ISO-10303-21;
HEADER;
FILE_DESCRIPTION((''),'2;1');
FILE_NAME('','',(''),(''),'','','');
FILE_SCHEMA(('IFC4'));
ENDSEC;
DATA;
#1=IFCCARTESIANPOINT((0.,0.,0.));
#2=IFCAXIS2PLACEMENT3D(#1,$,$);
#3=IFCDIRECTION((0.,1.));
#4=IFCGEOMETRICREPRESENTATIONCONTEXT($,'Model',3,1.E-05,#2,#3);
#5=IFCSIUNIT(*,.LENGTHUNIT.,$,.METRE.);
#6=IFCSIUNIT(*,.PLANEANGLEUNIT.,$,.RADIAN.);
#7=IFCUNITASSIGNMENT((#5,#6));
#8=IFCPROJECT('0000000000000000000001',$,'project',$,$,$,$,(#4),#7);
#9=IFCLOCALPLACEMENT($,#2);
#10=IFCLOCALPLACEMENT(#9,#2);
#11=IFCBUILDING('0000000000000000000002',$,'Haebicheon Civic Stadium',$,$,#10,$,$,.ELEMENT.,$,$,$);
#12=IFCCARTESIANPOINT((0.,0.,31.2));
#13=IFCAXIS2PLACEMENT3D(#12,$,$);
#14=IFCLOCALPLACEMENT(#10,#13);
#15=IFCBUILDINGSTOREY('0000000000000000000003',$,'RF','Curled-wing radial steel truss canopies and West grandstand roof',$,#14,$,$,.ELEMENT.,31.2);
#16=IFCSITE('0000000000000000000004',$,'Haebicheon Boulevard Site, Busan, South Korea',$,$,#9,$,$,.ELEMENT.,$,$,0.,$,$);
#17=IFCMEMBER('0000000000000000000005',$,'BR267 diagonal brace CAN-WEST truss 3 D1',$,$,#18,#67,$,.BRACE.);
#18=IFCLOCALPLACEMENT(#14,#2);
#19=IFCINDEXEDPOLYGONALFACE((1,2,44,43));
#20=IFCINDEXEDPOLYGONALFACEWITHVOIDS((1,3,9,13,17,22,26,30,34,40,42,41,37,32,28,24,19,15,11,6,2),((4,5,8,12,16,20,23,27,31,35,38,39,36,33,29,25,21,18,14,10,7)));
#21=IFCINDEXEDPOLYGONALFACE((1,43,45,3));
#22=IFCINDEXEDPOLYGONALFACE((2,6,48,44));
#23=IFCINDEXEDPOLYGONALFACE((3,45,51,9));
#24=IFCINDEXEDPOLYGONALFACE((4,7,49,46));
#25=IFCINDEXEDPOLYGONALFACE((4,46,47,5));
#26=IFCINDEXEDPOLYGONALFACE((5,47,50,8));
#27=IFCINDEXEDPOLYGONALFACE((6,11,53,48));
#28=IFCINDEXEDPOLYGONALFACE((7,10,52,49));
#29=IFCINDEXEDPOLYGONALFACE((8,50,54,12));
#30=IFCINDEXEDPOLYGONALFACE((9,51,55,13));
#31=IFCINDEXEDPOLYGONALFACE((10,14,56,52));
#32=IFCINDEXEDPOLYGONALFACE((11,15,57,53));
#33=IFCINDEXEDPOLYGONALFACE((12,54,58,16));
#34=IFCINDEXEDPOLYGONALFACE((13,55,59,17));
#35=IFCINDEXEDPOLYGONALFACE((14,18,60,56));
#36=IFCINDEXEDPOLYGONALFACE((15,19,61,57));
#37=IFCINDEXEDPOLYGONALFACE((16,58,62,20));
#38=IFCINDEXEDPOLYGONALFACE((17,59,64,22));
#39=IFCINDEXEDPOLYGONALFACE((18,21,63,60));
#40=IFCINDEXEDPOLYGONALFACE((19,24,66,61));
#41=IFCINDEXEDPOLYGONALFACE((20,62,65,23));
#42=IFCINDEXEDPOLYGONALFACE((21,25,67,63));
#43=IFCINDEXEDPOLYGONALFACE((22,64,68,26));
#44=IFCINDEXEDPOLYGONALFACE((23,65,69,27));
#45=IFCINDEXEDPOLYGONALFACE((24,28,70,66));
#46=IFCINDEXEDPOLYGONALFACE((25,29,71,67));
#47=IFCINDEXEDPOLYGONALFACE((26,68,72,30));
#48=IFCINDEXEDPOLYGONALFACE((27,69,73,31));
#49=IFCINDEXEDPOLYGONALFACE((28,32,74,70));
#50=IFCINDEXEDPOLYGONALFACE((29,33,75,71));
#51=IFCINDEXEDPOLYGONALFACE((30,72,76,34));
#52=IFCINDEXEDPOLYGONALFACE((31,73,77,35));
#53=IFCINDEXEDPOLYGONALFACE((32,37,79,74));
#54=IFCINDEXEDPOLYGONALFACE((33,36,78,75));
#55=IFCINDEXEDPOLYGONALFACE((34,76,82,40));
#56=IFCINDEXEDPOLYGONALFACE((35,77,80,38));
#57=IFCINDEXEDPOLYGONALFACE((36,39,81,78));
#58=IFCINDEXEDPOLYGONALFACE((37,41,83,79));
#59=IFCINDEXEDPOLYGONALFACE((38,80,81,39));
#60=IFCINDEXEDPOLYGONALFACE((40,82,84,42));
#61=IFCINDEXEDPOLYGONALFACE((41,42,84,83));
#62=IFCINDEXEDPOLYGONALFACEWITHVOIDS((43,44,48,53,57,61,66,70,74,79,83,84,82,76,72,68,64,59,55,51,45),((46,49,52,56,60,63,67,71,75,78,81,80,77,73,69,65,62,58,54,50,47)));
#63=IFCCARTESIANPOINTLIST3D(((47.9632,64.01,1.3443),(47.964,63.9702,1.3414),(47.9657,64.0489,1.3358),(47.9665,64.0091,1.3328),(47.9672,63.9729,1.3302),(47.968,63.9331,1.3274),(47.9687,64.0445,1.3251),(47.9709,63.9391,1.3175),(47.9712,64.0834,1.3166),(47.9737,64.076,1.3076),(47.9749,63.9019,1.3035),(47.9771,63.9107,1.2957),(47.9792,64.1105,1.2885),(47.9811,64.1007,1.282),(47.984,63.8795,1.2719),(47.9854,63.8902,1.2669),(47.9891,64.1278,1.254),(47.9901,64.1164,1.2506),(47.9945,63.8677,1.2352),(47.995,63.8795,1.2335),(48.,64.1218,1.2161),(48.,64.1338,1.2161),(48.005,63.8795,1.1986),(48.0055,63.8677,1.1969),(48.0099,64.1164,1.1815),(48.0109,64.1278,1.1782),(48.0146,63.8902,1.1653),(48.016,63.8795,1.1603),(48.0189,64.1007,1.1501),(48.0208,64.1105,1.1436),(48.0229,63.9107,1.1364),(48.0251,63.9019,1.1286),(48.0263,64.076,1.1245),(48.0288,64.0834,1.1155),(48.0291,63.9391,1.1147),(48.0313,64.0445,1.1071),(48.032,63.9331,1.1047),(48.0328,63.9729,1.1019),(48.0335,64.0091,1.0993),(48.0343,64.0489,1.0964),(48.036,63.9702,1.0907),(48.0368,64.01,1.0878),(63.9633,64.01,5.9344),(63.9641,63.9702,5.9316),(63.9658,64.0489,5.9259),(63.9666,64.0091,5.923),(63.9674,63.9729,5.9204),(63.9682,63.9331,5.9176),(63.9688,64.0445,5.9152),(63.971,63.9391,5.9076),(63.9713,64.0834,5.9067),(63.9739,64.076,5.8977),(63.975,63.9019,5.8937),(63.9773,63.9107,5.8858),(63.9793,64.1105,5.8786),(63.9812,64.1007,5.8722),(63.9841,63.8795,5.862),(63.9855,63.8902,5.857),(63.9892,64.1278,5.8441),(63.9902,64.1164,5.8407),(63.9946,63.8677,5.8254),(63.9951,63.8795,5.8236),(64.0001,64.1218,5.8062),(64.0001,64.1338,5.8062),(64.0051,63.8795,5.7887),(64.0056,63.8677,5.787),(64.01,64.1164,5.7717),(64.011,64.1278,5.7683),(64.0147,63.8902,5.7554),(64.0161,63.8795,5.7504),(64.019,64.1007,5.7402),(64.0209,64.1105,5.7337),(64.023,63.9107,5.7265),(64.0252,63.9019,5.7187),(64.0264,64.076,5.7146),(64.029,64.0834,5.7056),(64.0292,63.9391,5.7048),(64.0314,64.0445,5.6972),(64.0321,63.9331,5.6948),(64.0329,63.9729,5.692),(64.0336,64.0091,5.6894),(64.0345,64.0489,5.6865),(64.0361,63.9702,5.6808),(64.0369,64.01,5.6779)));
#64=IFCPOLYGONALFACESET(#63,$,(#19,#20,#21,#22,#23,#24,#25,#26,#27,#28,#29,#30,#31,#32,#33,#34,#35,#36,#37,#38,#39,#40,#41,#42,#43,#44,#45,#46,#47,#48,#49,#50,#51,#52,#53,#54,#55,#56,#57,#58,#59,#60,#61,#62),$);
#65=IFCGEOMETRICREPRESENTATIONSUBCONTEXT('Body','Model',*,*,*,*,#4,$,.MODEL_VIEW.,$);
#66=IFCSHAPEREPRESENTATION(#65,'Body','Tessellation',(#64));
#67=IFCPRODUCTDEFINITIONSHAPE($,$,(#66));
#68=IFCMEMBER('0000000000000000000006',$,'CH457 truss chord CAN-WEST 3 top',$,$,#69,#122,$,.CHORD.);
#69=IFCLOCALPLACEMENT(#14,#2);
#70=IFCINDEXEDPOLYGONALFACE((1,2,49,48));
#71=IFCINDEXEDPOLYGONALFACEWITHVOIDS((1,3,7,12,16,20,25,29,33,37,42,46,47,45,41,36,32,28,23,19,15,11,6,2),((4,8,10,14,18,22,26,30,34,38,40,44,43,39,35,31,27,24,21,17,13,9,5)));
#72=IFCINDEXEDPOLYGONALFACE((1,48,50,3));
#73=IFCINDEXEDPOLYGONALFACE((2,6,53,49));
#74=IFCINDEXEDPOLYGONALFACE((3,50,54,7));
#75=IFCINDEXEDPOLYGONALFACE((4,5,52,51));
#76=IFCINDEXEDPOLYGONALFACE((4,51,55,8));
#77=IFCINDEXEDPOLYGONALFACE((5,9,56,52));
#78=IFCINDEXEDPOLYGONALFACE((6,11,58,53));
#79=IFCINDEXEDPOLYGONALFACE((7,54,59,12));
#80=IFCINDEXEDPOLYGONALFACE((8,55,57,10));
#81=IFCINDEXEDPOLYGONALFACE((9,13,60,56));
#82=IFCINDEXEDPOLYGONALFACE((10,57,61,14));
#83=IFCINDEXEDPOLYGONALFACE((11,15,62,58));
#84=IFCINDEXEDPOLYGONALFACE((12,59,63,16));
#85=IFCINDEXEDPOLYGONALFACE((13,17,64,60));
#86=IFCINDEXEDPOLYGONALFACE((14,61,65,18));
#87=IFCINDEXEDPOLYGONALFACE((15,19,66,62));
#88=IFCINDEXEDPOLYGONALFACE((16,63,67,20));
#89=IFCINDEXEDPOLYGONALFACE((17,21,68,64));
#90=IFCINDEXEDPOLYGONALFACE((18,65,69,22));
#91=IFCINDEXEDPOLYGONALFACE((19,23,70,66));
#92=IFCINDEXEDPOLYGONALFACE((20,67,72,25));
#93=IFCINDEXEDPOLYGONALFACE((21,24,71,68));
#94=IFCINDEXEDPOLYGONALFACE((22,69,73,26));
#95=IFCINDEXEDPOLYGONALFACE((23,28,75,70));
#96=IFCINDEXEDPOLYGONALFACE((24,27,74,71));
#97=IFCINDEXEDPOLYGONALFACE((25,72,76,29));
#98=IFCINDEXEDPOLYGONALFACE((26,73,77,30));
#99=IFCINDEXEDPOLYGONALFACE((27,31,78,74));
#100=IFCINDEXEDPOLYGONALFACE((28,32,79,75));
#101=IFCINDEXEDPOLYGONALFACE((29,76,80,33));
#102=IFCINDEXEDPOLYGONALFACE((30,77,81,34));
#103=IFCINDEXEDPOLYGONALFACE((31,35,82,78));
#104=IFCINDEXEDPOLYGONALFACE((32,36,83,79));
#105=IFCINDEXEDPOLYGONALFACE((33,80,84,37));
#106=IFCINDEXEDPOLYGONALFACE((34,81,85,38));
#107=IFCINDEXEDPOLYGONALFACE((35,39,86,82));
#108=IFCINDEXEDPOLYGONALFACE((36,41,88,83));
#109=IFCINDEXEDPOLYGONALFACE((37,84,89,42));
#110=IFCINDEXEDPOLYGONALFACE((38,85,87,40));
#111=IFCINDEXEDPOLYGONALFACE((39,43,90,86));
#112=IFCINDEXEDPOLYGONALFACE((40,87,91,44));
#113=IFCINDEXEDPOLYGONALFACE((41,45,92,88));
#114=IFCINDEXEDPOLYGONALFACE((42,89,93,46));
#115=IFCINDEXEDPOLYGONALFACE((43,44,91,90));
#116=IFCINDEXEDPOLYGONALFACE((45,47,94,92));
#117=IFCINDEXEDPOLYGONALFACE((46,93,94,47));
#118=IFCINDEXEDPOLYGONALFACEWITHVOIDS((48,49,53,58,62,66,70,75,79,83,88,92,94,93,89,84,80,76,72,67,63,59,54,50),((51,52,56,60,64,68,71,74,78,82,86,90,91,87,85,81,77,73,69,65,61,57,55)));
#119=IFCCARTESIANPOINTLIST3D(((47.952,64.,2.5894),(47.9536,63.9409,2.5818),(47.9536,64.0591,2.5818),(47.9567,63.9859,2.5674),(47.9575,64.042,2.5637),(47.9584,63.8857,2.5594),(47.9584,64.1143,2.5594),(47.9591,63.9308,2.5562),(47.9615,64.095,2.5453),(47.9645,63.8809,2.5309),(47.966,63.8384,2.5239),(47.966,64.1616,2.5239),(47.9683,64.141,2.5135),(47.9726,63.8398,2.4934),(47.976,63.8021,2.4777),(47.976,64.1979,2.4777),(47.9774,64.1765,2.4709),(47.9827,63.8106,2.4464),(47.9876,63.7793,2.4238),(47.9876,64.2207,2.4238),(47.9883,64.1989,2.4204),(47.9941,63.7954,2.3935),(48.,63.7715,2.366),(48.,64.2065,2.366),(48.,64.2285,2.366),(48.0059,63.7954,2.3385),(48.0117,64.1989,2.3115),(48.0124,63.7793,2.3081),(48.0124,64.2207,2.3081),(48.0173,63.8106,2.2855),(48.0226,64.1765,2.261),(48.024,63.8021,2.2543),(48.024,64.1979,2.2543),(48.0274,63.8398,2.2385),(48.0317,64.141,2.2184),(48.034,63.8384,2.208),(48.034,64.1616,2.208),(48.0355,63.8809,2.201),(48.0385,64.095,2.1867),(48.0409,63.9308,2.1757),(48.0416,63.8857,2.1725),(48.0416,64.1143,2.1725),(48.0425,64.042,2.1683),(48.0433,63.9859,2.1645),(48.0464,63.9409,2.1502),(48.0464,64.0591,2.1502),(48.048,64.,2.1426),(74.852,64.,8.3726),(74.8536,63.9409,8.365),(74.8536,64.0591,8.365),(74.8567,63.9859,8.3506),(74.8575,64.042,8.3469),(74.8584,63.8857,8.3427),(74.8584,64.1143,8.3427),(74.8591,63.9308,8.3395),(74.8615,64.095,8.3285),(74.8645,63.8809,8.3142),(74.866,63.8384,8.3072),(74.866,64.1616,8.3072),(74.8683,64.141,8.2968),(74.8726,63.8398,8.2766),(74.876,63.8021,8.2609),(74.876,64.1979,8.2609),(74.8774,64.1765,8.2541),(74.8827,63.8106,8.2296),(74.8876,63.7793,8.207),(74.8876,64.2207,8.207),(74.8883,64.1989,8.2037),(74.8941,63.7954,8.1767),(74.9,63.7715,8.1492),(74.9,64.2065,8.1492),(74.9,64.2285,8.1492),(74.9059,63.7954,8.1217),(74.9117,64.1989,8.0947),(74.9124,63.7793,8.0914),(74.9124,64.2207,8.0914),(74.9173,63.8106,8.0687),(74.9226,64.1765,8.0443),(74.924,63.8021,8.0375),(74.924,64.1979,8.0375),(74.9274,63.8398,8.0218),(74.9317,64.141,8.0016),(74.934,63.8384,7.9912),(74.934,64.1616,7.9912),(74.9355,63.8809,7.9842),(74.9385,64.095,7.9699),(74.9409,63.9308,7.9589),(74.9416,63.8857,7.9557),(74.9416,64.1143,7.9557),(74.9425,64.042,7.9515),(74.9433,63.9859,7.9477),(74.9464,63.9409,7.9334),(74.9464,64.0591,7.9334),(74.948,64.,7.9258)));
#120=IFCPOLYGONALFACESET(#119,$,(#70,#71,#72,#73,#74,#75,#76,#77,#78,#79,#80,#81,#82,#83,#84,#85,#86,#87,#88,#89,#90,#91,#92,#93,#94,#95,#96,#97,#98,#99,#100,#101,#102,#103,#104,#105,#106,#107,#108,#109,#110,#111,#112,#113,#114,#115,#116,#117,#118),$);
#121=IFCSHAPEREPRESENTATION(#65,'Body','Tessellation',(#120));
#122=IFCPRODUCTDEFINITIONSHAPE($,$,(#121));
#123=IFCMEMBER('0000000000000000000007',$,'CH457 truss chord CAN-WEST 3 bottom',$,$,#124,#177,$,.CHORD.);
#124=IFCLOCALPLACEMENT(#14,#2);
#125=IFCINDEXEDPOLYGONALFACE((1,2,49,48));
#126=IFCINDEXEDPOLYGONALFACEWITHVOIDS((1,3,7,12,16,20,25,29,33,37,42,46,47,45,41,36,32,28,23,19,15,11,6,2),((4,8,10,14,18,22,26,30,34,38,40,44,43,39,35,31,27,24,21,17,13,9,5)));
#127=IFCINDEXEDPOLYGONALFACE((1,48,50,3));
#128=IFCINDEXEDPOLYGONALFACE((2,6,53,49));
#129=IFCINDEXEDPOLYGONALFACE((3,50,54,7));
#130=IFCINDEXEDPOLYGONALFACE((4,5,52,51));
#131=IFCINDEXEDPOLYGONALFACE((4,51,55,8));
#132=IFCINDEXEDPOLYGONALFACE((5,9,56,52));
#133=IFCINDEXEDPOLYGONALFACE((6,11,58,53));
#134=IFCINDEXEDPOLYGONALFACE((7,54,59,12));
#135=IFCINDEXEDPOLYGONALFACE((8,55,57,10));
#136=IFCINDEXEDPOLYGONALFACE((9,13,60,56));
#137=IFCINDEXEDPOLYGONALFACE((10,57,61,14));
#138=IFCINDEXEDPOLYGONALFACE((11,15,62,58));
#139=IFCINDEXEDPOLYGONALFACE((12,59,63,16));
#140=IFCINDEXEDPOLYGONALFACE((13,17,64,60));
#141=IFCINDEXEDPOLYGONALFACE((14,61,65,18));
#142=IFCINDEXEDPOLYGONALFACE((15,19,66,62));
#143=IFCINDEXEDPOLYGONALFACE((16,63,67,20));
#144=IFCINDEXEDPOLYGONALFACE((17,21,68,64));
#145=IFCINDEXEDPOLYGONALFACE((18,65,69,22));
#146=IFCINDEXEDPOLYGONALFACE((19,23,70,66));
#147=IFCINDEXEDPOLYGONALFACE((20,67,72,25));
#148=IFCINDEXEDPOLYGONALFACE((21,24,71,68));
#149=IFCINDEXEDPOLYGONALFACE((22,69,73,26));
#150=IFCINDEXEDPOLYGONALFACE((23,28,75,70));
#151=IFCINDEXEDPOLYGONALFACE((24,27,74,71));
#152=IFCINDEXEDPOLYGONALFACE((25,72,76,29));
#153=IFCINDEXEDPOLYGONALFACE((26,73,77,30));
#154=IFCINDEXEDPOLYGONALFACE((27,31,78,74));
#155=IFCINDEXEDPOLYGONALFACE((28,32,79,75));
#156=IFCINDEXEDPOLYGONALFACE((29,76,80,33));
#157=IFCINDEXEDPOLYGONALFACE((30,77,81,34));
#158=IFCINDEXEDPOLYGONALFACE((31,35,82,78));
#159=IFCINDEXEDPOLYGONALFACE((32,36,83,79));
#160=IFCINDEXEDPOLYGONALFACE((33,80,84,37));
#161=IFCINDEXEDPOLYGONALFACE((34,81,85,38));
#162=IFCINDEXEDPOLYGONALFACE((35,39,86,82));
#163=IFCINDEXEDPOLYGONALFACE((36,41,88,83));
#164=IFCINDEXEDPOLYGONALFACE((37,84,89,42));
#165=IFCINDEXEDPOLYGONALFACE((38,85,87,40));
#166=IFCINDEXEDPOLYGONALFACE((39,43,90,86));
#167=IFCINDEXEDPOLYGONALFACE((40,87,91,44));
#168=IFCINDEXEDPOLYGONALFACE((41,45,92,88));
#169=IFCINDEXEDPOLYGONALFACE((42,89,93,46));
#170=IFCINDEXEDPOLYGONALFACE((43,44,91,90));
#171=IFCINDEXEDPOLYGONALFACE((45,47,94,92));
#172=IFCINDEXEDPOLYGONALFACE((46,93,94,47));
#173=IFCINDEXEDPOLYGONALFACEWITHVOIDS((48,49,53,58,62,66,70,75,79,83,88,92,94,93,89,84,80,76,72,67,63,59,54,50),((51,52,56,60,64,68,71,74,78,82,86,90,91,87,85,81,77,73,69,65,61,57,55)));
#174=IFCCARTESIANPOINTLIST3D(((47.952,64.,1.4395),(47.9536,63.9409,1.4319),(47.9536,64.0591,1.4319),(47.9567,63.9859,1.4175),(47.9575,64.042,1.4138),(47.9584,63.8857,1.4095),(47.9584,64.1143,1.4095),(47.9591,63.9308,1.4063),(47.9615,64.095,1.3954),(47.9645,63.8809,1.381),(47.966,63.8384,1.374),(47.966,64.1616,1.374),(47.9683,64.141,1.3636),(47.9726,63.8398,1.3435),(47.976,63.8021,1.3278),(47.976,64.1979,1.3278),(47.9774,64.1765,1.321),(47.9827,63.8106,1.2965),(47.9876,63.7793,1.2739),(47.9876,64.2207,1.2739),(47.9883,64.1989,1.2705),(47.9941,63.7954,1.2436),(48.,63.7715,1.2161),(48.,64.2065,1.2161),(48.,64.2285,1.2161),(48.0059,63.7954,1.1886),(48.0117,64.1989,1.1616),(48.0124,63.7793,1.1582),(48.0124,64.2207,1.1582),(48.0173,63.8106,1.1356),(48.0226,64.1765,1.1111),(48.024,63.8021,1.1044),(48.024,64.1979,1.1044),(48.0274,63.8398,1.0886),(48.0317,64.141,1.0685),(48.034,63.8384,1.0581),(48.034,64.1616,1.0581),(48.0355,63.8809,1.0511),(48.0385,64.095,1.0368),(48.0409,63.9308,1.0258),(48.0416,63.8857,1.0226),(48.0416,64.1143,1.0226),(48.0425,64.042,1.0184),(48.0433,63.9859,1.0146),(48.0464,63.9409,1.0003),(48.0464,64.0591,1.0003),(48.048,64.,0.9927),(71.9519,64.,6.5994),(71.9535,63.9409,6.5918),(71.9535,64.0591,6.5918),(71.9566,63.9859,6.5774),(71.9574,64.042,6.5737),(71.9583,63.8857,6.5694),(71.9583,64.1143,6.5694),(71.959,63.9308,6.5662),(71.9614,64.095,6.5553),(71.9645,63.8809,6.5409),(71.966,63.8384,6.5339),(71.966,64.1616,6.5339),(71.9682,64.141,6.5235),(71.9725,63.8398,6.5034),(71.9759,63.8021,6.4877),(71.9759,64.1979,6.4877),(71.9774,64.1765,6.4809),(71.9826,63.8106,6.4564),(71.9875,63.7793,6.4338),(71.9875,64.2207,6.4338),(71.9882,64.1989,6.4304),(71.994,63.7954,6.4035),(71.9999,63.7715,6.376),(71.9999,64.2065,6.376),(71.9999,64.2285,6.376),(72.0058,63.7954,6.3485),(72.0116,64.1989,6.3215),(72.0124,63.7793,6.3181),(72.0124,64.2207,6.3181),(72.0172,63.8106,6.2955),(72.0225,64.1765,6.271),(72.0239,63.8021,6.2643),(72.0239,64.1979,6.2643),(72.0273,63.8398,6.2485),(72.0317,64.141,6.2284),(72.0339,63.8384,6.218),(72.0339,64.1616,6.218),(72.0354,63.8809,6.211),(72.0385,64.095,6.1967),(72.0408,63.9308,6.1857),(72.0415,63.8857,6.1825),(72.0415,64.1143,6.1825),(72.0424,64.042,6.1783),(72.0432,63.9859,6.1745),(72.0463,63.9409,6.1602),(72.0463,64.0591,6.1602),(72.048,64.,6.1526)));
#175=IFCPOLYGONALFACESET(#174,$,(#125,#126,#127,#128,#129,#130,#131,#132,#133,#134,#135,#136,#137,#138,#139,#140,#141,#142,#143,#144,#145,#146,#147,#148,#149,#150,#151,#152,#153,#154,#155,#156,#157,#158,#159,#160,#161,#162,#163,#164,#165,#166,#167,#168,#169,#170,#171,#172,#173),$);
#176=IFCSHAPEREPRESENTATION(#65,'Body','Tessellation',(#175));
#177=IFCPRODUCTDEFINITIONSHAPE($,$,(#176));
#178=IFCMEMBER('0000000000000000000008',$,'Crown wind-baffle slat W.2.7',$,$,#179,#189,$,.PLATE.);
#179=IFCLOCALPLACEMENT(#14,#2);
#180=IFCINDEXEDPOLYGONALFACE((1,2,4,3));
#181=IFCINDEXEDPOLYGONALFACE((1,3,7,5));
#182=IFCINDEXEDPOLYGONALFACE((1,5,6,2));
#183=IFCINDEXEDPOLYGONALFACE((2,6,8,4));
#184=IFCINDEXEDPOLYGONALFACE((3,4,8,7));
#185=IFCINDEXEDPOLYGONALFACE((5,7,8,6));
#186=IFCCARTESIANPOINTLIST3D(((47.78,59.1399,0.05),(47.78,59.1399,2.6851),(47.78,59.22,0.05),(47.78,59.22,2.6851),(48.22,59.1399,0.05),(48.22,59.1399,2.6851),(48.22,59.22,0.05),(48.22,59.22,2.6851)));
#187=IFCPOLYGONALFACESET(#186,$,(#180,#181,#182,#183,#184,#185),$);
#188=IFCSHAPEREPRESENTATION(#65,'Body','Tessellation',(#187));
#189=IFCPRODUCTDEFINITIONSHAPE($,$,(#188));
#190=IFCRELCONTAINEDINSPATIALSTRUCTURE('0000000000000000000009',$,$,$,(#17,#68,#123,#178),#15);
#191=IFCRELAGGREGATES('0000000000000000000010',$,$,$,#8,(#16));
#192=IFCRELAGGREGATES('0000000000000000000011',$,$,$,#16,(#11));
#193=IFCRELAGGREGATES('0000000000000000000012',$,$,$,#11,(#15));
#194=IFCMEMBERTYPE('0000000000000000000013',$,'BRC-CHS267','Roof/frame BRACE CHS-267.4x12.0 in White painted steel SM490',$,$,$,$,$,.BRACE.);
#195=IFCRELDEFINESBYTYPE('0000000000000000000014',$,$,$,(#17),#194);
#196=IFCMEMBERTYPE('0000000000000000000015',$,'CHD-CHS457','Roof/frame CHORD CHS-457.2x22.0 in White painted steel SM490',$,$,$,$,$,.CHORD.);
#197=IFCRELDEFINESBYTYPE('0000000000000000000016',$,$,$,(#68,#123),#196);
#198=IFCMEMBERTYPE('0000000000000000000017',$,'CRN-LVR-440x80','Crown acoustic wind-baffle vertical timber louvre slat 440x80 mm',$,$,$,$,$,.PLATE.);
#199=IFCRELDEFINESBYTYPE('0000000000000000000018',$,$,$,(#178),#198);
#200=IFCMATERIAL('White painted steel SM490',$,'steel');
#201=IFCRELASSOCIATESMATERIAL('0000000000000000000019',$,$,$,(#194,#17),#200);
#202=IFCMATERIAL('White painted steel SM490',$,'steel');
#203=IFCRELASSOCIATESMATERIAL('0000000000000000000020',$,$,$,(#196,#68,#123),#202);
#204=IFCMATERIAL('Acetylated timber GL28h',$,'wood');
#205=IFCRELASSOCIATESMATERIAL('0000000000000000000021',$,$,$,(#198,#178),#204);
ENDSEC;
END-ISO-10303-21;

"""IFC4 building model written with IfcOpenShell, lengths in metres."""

from ifc_helpers import new_model, si_unit, direction, frame, origin, origin_2d, place, context, subcontext, project, spatial, rectangle, hollow_circle, extrude, material, material_profile, profile_set, type_object, element, save


model = new_model("IFC4")

# Units and contexts
model_context = context("Model", 3, precision=1e-05, world=origin(), true_north=direction((0.0, 1.0)))
body_context = subcontext(model_context, "Body", "Model", "MODEL_VIEW")
ifc_project = project(units=[si_unit("LENGTHUNIT", "METRE"), si_unit("PLANEANGLEUNIT", "RADIAN")], contexts=[model_context])

# Site, building, storey
site_placement = place(None, origin())
site = spatial("IfcSite", under=ifc_project, at=site_placement, Name="Haebicheon Boulevard Site, Busan, South Korea", CompositionType="ELEMENT", RefElevation=0.0)
building_placement = place(site_placement, origin())
building = spatial("IfcBuilding", under=site, at=building_placement, Name="Haebicheon Civic Stadium", CompositionType="ELEMENT")
storey_placement = place(building_placement, frame((0.0, 0.0, 31.2)))
storey = spatial("IfcBuildingStorey", under=building, at=storey_placement, Name="RF", Description="Curled-wing radial steel truss canopies and West grandstand roof", CompositionType="ELEMENT", Elevation=31.2)

# Members
ifc_material_1 = material(Name="White painted steel SM490", Category="steel")
ifc_material_profile_1 = material_profile(ifc_material_1, hollow_circle(Radius=0.1338, WallThickness=0.012, at=origin_2d()), Name="CHS-267.4x12.0")
ifc_profile_set_1 = profile_set([ifc_material_profile_1], Name="White painted steel SM490")
member_type_1 = type_object("IfcMemberType", Name="BRC-CHS267", Description="Roof/frame BRACE CHS-267.4x12.0 in White painted steel SM490", PredefinedType="BRACE", material=ifc_profile_set_1)
member_1_placement = place(storey_placement, frame((48.0, 64.0, 1.2161), z_axis=(0.961227, 0.0, 0.275757), x_axis=(0.0, 1.0, 0.0)))
element("IfcMember", 1, at=member_1_placement, inside=storey, type_object=member_type_1, material=ifc_profile_set_1, Name="BR267 diagonal brace CAN-WEST truss 3 D1", PredefinedType="BRACE", context=body_context, shape_type="SweptSolid", body=[
    extrude(hollow_circle(Radius=0.1338, WallThickness=0.012, at=origin_2d()), origin(), (0.0, 0.0, 1.0), 16.6455),
])
ifc_material_2 = material(Name="White painted steel SM490", Category="steel")
ifc_material_profile_2 = material_profile(ifc_material_2, hollow_circle(Radius=0.2285, WallThickness=0.022, at=origin_2d()), Name="CHS-457.2x22.0")
ifc_profile_set_2 = profile_set([ifc_material_profile_2], Name="White painted steel SM490")
member_type_2 = type_object("IfcMemberType", Name="CHD-CHS457", Description="Roof/frame CHORD CHS-457.2x22.0 in White painted steel SM490", PredefinedType="CHORD", material=ifc_profile_set_2)
member_2_placement = place(storey_placement, frame((48.0, 64.0, 2.366), z_axis=(0.977661, 0.0, 0.210187), x_axis=(0.0, 1.0, 0.0)))
element("IfcMember", 2, at=member_2_placement, inside=storey, type_object=member_type_2, material=ifc_profile_set_2, Name="CH457 truss chord CAN-WEST 3 top", PredefinedType="CHORD", context=body_context, shape_type="SweptSolid", body=[
    extrude(hollow_circle(Radius=0.2285, WallThickness=0.022, at=origin_2d()), origin(), (0.0, 0.0, 1.0), 27.5146),
])
member_3_placement = place(storey_placement, frame((48.0, 64.0, 1.2161), z_axis=(0.97766, 0.0, 0.210193), x_axis=(0.0, 1.0, 0.0)))
element("IfcMember", 3, at=member_3_placement, inside=storey, type_object=member_type_2, material=ifc_profile_set_2, Name="CH457 truss chord CAN-WEST 3 bottom", PredefinedType="CHORD", context=body_context, shape_type="SweptSolid", body=[
    extrude(hollow_circle(Radius=0.2285, WallThickness=0.022, at=origin_2d()), origin(), (0.0, 0.0, 1.0), 24.5483),
])
ifc_material_3 = material(Name="Acetylated timber GL28h", Category="wood")
ifc_material_profile_3 = material_profile(ifc_material_3, rectangle(XDim=0.0801, YDim=0.4399, at=origin_2d()), Name="TMB-LOUV-80x440")
ifc_profile_set_3 = profile_set([ifc_material_profile_3], Name="Acetylated timber GL28h")
member_type_3 = type_object("IfcMemberType", Name="CRN-LVR-440x80", Description="Crown acoustic wind-baffle vertical timber louvre slat 440x80 mm", PredefinedType="PLATE", material=ifc_profile_set_3)
member_4_placement = place(storey_placement, frame((48.0, 59.1799, 0.05), z_axis=(0.0, 0.0, 1.0), x_axis=(0.0, 1.0, 0.0)))
element("IfcMember", 4, at=member_4_placement, inside=storey, type_object=member_type_3, material=ifc_profile_set_3, Name="Crown wind-baffle slat W.2.7", PredefinedType="PLATE", context=body_context, shape_type="SweptSolid", body=[
    extrude(rectangle(XDim=0.0801, YDim=0.4399, at=origin_2d()), origin(), (0.0, 0.0, 1.0), 2.635),
])

save(model, "model.ifc")
